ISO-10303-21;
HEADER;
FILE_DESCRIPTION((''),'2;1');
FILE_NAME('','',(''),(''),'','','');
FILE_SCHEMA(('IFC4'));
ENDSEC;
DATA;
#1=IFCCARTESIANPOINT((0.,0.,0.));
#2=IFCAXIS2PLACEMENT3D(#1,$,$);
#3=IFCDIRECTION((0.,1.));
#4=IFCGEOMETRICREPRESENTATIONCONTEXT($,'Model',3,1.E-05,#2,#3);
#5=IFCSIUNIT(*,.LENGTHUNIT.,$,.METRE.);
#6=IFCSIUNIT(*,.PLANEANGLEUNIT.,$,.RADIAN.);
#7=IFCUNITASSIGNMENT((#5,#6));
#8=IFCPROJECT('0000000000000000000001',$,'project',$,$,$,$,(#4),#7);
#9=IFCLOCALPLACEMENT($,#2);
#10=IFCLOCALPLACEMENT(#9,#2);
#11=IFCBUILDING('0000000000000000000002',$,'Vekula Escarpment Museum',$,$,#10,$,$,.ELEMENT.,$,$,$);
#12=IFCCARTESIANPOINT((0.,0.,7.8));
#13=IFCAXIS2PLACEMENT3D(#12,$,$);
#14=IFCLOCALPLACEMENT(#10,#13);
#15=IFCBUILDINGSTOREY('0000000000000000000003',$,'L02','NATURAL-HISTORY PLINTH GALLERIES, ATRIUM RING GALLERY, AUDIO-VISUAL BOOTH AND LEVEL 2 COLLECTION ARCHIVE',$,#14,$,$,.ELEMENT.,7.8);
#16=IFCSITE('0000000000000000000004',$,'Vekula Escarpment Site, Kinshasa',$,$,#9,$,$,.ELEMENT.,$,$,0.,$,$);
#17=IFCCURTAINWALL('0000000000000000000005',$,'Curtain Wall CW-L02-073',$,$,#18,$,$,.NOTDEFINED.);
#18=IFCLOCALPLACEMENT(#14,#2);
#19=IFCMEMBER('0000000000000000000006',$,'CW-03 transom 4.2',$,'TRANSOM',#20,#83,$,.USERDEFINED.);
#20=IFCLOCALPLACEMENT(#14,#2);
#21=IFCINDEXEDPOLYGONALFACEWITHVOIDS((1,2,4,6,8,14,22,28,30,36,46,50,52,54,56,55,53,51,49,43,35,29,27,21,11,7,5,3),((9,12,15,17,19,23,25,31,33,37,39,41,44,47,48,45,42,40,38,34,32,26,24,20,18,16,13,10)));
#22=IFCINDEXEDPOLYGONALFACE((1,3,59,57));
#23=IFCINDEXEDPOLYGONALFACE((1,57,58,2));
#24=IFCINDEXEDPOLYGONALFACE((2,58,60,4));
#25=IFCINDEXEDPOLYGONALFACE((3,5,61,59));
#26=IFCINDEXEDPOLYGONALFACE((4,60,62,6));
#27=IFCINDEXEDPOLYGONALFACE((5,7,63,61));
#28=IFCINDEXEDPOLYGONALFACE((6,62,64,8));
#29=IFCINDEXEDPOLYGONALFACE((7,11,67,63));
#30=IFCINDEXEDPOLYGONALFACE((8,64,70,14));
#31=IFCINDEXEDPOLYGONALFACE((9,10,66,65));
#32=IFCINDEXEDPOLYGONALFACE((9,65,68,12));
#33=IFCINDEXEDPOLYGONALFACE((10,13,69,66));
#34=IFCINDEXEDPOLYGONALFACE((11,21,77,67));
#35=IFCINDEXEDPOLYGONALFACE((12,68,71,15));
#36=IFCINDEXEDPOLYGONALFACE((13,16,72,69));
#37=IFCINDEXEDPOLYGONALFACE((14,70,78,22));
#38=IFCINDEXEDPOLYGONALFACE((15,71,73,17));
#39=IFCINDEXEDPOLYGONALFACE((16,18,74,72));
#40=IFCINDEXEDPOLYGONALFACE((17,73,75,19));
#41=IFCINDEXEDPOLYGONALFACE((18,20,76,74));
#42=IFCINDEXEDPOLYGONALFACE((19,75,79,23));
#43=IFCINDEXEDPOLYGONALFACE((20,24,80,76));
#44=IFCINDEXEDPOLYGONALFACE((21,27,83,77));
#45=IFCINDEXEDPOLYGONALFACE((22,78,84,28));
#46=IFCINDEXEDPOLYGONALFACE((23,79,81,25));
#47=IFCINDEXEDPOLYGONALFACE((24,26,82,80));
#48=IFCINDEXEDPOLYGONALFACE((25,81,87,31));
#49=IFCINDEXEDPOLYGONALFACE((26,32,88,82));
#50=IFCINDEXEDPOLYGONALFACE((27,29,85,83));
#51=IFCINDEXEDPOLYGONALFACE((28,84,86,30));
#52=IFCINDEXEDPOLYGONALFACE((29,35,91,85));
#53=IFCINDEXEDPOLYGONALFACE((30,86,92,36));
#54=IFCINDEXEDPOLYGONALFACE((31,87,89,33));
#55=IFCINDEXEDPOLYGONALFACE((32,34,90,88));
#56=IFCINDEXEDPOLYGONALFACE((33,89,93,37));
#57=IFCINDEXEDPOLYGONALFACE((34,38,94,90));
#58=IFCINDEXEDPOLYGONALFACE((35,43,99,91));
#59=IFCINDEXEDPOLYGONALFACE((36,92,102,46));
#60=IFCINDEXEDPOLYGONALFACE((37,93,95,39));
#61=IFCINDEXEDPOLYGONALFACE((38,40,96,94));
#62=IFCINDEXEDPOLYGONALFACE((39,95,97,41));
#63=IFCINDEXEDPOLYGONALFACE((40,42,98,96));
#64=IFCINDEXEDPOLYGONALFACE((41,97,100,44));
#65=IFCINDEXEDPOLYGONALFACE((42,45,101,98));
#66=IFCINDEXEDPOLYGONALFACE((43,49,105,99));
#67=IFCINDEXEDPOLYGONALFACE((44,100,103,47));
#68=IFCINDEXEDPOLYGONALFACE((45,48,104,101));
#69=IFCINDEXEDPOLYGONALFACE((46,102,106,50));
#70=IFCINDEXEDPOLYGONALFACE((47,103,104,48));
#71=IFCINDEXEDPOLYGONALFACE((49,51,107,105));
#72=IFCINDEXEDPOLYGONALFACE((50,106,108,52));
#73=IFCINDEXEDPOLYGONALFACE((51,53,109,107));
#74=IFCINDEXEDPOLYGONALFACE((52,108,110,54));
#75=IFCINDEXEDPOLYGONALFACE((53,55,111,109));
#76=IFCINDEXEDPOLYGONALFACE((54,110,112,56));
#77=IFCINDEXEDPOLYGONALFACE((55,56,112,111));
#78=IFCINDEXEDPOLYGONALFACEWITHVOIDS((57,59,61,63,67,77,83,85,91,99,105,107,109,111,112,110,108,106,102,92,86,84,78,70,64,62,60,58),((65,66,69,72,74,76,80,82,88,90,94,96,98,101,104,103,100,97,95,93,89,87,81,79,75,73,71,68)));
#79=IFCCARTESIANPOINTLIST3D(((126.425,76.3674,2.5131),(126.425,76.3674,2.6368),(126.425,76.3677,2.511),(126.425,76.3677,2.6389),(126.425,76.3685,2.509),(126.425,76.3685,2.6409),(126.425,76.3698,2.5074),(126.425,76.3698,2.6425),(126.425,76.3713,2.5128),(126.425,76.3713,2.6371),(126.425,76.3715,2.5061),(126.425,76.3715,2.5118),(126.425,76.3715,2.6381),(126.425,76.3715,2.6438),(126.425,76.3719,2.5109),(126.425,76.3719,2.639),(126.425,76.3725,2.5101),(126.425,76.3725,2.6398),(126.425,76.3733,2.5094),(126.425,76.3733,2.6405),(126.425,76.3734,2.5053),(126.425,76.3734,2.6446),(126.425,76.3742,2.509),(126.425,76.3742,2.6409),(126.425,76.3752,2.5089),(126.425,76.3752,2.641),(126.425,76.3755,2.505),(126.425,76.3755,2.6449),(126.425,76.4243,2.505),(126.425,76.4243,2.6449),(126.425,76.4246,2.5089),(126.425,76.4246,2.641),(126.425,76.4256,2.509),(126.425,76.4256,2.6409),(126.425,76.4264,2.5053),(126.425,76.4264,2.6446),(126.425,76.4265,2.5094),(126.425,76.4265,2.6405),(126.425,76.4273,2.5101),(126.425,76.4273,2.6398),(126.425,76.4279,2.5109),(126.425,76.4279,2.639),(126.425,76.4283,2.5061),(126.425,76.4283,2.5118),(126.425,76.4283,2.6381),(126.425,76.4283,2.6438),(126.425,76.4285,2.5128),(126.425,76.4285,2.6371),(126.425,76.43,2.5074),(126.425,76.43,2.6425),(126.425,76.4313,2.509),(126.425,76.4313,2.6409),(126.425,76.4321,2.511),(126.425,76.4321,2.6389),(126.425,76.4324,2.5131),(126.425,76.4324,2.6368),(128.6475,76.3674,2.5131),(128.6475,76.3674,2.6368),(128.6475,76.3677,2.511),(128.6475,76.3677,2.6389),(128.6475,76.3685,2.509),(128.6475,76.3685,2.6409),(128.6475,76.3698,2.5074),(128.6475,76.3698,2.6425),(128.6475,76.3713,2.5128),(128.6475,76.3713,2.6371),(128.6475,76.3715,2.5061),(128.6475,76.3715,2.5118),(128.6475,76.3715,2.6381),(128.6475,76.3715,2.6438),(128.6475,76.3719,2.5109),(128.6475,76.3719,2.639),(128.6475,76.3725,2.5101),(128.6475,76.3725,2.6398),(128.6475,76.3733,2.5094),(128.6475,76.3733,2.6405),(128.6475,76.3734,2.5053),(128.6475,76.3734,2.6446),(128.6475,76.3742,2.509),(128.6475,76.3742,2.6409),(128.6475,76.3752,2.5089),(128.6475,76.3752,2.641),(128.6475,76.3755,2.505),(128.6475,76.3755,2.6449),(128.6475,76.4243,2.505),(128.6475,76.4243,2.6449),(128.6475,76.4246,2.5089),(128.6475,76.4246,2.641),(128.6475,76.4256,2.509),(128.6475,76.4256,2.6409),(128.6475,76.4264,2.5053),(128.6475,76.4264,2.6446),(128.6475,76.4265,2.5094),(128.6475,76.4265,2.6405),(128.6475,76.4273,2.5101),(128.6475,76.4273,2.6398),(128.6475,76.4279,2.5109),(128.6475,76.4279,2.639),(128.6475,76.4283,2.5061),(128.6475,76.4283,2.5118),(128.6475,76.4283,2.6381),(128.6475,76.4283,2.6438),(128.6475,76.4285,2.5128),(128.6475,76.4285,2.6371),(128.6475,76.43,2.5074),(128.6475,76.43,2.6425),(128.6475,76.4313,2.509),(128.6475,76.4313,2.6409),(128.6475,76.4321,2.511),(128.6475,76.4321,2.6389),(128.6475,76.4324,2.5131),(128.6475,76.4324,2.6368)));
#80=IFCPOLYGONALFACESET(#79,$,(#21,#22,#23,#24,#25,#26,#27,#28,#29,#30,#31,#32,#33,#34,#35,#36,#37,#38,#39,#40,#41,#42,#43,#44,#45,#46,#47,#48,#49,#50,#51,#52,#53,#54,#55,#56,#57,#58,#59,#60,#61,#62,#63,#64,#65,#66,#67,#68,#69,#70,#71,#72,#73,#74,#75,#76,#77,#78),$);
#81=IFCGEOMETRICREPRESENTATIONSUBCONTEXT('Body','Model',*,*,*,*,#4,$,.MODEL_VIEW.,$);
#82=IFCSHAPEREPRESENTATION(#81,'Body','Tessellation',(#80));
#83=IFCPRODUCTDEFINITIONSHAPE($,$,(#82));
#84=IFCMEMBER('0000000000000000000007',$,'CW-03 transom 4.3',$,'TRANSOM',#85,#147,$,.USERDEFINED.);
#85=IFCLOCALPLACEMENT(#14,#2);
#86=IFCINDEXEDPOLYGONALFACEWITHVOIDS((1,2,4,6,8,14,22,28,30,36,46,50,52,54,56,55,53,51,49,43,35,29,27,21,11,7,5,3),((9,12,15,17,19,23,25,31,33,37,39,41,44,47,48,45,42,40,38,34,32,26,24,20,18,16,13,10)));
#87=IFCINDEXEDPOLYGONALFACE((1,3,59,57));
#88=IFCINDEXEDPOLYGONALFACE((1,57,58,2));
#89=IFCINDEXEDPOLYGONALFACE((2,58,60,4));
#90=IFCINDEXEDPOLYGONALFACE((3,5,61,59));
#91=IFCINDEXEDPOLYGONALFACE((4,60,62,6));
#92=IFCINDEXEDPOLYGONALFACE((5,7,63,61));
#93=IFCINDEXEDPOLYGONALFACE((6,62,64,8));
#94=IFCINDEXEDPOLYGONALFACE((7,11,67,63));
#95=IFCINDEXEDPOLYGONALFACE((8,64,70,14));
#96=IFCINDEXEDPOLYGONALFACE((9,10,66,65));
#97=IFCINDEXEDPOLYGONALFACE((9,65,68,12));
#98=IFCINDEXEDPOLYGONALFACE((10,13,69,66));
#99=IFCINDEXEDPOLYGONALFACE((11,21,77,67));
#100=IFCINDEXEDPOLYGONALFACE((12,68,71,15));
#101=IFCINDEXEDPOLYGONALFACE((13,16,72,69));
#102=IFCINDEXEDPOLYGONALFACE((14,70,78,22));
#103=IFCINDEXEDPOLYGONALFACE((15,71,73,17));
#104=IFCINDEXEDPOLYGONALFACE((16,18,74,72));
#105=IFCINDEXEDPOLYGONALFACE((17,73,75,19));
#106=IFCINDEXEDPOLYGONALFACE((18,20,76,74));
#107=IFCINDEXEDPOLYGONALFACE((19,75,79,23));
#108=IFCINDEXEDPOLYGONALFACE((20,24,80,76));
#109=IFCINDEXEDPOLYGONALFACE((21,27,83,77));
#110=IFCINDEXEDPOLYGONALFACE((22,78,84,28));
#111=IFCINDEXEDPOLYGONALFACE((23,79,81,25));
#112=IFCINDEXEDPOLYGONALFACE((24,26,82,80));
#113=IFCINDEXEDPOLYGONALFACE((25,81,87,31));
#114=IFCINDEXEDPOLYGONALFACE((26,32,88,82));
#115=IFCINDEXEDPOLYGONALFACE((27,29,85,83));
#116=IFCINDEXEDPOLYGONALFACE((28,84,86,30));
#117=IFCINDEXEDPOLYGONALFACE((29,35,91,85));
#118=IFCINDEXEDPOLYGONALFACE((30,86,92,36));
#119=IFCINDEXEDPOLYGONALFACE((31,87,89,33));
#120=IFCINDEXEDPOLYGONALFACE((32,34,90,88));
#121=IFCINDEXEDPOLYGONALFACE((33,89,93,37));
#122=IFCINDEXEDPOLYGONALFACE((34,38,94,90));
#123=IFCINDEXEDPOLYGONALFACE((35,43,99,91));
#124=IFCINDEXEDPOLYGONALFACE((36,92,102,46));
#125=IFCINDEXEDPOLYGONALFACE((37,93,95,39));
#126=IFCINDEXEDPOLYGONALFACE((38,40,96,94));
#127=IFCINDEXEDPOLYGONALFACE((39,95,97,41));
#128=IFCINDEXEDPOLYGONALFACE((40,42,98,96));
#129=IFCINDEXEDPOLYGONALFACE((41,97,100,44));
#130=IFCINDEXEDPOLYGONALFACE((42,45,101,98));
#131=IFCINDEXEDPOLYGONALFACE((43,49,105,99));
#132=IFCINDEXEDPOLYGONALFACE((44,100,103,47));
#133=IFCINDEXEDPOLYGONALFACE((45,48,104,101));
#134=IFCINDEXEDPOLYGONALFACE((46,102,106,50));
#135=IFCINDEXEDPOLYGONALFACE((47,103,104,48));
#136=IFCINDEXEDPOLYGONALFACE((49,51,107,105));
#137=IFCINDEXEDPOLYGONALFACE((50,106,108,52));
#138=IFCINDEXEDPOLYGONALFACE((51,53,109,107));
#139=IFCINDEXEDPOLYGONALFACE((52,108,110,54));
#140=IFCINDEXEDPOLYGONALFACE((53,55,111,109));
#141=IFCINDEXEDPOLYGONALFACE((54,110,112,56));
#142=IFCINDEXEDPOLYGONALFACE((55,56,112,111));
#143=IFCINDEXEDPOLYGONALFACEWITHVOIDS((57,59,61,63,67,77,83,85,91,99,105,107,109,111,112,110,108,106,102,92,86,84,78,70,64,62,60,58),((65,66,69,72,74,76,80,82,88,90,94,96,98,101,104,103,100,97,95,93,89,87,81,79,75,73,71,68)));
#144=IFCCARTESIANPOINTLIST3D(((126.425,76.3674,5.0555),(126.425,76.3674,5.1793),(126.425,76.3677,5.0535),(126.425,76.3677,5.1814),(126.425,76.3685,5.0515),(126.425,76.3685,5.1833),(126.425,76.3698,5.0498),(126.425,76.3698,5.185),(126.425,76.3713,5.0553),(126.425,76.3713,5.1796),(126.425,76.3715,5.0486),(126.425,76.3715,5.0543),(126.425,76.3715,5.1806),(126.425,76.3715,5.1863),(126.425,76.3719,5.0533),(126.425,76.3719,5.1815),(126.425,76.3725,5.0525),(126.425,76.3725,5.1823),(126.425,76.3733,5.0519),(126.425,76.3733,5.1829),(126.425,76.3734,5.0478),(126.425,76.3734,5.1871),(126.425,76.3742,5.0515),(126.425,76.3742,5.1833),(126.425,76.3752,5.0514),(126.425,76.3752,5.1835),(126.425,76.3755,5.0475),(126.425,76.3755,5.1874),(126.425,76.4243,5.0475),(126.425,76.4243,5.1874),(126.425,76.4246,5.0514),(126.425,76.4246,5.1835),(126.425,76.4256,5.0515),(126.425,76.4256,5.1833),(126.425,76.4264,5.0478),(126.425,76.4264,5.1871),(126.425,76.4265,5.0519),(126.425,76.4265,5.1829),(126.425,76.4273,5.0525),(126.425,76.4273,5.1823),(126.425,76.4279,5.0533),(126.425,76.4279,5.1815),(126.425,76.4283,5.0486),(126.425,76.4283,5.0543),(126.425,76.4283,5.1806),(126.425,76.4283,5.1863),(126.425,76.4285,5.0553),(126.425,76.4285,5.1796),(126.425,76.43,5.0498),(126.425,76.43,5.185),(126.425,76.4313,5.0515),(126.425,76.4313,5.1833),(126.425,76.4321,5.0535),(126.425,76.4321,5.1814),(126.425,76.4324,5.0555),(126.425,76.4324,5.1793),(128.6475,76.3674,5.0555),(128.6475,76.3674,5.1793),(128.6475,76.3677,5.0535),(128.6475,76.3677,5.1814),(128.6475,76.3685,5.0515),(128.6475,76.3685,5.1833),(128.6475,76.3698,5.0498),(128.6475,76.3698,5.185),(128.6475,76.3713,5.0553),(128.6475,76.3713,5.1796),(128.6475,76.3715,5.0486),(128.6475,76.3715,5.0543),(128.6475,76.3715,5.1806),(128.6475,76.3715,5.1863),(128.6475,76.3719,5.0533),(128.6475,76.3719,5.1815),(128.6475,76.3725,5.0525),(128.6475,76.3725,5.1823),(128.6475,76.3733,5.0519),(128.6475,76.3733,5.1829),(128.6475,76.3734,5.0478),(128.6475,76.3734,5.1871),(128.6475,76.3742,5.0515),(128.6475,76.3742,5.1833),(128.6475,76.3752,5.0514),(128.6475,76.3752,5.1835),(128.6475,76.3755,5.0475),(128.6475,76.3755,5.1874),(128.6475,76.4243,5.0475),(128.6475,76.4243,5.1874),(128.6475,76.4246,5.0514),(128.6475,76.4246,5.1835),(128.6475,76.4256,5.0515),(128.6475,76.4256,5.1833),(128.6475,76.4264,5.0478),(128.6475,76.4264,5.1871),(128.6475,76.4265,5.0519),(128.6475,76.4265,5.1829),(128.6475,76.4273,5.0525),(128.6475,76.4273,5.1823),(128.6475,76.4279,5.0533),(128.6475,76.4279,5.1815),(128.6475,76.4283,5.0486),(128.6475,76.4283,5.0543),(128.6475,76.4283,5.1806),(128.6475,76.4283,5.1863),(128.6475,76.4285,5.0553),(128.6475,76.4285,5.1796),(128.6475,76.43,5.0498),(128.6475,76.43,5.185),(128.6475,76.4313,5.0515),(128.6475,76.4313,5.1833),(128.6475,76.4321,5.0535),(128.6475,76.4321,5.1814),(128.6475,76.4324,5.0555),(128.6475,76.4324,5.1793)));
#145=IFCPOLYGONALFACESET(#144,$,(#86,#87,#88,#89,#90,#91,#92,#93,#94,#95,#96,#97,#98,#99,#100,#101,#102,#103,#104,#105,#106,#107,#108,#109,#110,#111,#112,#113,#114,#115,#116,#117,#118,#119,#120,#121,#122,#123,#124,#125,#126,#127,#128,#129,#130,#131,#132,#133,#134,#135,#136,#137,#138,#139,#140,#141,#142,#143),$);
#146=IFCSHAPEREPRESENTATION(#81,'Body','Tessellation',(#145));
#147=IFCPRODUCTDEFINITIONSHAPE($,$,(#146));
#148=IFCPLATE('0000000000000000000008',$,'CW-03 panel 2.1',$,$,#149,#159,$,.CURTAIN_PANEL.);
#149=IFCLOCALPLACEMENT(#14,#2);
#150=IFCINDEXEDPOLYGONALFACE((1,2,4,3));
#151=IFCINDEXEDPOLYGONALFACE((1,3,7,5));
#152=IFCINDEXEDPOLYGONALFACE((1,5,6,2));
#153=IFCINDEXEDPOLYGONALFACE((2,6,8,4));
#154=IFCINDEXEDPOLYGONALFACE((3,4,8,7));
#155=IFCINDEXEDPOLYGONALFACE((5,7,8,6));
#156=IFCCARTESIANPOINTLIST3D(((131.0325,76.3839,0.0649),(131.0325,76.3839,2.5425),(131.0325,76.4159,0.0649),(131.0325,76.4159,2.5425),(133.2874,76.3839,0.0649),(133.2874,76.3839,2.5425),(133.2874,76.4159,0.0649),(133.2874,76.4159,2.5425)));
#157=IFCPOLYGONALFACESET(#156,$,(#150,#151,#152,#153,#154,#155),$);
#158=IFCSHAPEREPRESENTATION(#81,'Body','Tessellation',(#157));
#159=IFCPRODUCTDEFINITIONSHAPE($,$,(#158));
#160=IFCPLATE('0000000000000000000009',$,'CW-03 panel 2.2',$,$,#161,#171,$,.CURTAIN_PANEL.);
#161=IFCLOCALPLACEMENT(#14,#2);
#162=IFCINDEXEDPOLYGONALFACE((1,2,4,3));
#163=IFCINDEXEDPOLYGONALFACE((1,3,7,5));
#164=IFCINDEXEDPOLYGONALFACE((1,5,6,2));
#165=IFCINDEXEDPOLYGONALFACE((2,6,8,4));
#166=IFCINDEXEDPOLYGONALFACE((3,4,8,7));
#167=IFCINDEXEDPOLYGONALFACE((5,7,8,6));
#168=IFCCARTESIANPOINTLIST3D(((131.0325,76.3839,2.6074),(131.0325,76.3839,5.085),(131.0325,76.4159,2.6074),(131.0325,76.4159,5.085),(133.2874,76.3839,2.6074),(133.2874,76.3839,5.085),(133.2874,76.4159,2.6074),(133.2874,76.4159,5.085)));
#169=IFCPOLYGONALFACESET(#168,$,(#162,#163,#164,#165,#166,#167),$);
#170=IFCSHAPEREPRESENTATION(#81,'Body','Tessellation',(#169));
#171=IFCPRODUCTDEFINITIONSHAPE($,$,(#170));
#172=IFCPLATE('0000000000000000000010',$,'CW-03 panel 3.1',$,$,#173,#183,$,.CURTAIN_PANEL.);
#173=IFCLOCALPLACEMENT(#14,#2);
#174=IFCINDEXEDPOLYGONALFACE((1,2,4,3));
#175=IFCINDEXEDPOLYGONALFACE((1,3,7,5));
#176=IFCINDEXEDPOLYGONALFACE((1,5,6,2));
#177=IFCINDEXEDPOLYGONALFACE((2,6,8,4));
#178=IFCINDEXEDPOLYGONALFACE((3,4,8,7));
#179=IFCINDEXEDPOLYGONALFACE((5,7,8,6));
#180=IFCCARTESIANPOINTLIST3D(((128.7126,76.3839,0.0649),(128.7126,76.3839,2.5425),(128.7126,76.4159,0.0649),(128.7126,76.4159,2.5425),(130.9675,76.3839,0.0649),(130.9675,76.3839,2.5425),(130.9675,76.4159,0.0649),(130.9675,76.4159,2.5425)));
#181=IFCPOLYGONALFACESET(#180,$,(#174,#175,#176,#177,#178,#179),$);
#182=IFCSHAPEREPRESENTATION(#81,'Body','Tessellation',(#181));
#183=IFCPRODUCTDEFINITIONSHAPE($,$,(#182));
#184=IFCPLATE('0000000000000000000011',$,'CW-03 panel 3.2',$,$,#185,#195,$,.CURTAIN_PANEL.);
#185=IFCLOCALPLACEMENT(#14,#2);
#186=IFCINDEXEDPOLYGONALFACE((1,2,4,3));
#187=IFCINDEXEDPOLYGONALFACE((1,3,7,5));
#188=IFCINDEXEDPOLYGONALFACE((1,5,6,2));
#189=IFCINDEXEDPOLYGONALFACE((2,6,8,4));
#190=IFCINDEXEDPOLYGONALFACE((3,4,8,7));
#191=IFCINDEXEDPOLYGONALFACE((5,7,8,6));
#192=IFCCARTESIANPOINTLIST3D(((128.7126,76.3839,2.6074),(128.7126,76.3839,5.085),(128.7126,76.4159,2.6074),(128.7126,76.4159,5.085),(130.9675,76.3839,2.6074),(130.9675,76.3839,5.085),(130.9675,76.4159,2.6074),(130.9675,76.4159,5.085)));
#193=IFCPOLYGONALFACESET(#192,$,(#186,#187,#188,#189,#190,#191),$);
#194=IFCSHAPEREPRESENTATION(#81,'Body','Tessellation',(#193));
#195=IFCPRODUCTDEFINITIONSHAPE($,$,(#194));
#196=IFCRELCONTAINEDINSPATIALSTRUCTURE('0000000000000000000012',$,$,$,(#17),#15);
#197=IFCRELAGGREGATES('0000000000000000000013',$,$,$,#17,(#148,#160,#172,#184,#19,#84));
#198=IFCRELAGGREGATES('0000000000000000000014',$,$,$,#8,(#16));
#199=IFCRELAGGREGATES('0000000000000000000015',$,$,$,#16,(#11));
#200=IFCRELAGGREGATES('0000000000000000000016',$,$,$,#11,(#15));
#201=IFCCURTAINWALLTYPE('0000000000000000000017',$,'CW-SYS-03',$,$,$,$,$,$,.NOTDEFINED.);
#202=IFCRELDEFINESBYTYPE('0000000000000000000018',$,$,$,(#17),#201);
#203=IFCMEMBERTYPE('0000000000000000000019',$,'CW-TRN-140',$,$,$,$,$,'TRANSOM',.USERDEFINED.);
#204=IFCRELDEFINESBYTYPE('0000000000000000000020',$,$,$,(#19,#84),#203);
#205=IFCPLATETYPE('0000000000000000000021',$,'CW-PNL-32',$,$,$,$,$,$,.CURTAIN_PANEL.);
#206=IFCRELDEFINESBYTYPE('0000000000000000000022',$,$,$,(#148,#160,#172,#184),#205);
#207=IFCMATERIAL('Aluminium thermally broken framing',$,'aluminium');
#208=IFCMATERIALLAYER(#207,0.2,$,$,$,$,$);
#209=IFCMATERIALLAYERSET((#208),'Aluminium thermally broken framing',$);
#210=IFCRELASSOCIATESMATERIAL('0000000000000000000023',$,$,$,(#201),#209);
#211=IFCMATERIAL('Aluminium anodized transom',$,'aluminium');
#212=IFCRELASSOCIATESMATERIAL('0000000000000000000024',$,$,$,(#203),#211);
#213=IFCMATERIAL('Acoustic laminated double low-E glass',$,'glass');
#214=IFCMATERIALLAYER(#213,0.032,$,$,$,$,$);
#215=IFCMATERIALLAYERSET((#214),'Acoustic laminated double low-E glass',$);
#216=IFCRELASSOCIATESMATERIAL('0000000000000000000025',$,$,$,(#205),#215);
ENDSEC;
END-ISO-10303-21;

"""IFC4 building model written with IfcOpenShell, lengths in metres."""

from ifc_helpers import new_model, si_unit, direction, frame, origin, origin_2d, place, context, subcontext, project, spatial, rectangle, hollow_rectangle, extrude, material, layer, layer_set, material_profile, profile_set, type_object, element, aggregate, save


model = new_model("IFC4")

# Units and contexts
model_context = context("Model", 3, precision=1e-05, world=origin(), true_north=direction((0.0, 1.0)))
body_context = subcontext(model_context, "Body", "Model", "MODEL_VIEW")
ifc_project = project(units=[si_unit("LENGTHUNIT", "METRE"), si_unit("PLANEANGLEUNIT", "RADIAN")], contexts=[model_context])

# Site, building, storey
site_placement = place(None, origin())
site = spatial("IfcSite", under=ifc_project, at=site_placement, Name="Vekula Escarpment Site, Kinshasa", CompositionType="ELEMENT", RefElevation=0.0)
building_placement = place(site_placement, origin())
building = spatial("IfcBuilding", under=site, at=building_placement, Name="Vekula Escarpment Museum", CompositionType="ELEMENT")
storey_placement = place(building_placement, frame((0.0, 0.0, 7.8)))
storey = spatial("IfcBuildingStorey", under=building, at=storey_placement, Name="L02", Description="NATURAL-HISTORY PLINTH GALLERIES, ATRIUM RING GALLERY, AUDIO-VISUAL BOOTH AND LEVEL 2 COLLECTION ARCHIVE", CompositionType="ELEMENT", Elevation=7.8)

# Curtain wall, members, plates
ifc_material_1 = material(Name="Aluminium thermally broken framing", Category="aluminium")
ifc_layer_1 = layer(ifc_material_1, 0.2)
ifc_layer_set_1 = layer_set([ifc_layer_1], Name="Aluminium thermally broken framing")
curtain_wall_type = type_object("IfcCurtainWallType", Name="CW-SYS-03", PredefinedType="NOTDEFINED", material=ifc_layer_set_1)
curtain_wall_placement = place(storey_placement, origin())
curtain_wall = element("IfcCurtainWall", 1, at=curtain_wall_placement, inside=storey, type_object=curtain_wall_type, Name="Curtain Wall CW-L02-073", PredefinedType="NOTDEFINED")
ifc_material_2 = material(Name="Aluminium anodized transom", Category="aluminium")
ifc_material_profile_1 = material_profile(ifc_material_2, hollow_rectangle(XDim=0.0649, YDim=0.1399, WallThickness=0.0039, InnerFilletRadius=0.0039, OuterFilletRadius=0.0081, at=origin_2d()), Name="ALU 140x65x4")
ifc_profile_set_1 = profile_set([ifc_material_profile_1], Name="Aluminium anodized transom")
member_type_1 = type_object("IfcMemberType", Name="CW-TRN-140", ElementType="TRANSOM", PredefinedType="USERDEFINED", material=ifc_profile_set_1)
member_1_placement = place(storey_placement, frame((128.6475, 76.3999, 2.575), z_axis=(-1.0, 0.0, 0.0), x_axis=(0.0, -1.0, 0.0)))
member_1 = element("IfcMember", 2, at=member_1_placement, type_object=member_type_1, Name="CW-03 transom 4.2", ObjectType="TRANSOM", PredefinedType="USERDEFINED", context=body_context, shape_type="SweptSolid", body=[
    extrude(hollow_rectangle(XDim=0.0649, YDim=0.1399, WallThickness=0.0039, InnerFilletRadius=0.0039, OuterFilletRadius=0.0081, at=origin_2d()), origin(), (0.0, 0.0, 1.0), 2.2224),
])
member_2_placement = place(storey_placement, frame((128.6475, 76.3999, 5.1174), z_axis=(-1.0, 0.0, 0.0), x_axis=(0.0, -1.0, 0.0)))
member_2 = element("IfcMember", 3, at=member_2_placement, type_object=member_type_1, Name="CW-03 transom 4.3", ObjectType="TRANSOM", PredefinedType="USERDEFINED", context=body_context, shape_type="SweptSolid", body=[
    extrude(hollow_rectangle(XDim=0.0649, YDim=0.1399, WallThickness=0.0039, InnerFilletRadius=0.0039, OuterFilletRadius=0.0081, at=origin_2d()), origin(), (0.0, 0.0, 1.0), 2.2224),
])
ifc_material_3 = material(Name="Acoustic laminated double low-E glass", Category="glass")
ifc_layer_2 = layer(ifc_material_3, 0.032)
ifc_layer_set_2 = layer_set([ifc_layer_2], Name="Acoustic laminated double low-E glass")
plate_type = type_object("IfcPlateType", Name="CW-PNL-32", PredefinedType="CURTAIN_PANEL", material=ifc_layer_set_2)
plate_1_placement = place(storey_placement, frame((132.1599, 76.3999, 0.0649), z_axis=(0.0, 0.0, 1.0), x_axis=(-1.0, 0.0, 0.0)))
plate_1 = element("IfcPlate", 4, at=plate_1_placement, type_object=plate_type, Name="CW-03 panel 2.1", PredefinedType="CURTAIN_PANEL", context=body_context, shape_type="SweptSolid", body=[
    extrude(rectangle(XDim=2.2549, YDim=0.032, at=origin_2d()), origin(), (0.0, 0.0, 1.0), 2.4775),
])
plate_2_placement = place(storey_placement, frame((132.1599, 76.3999, 2.6074), z_axis=(0.0, 0.0, 1.0), x_axis=(-1.0, 0.0, 0.0)))
plate_2 = element("IfcPlate", 5, at=plate_2_placement, type_object=plate_type, Name="CW-03 panel 2.2", PredefinedType="CURTAIN_PANEL", context=body_context, shape_type="SweptSolid", body=[
    extrude(rectangle(XDim=2.2549, YDim=0.032, at=origin_2d()), origin(), (0.0, 0.0, 1.0), 2.4775),
])
plate_3_placement = place(storey_placement, frame((129.8401, 76.3999, 0.0649), z_axis=(0.0, 0.0, 1.0), x_axis=(-1.0, 0.0, 0.0)))
plate_3 = element("IfcPlate", 6, at=plate_3_placement, type_object=plate_type, Name="CW-03 panel 3.1", PredefinedType="CURTAIN_PANEL", context=body_context, shape_type="SweptSolid", body=[
    extrude(rectangle(XDim=2.2549, YDim=0.032, at=origin_2d()), origin(), (0.0, 0.0, 1.0), 2.4775),
])
plate_4_placement = place(storey_placement, frame((129.8401, 76.3999, 2.6074), z_axis=(0.0, 0.0, 1.0), x_axis=(-1.0, 0.0, 0.0)))
plate_4 = element("IfcPlate", 7, at=plate_4_placement, type_object=plate_type, Name="CW-03 panel 3.2", PredefinedType="CURTAIN_PANEL", context=body_context, shape_type="SweptSolid", body=[
    extrude(rectangle(XDim=2.2549, YDim=0.032, at=origin_2d()), origin(), (0.0, 0.0, 1.0), 2.4775),
])
aggregate(curtain_wall, [plate_1, plate_2, plate_3, plate_4, member_1, member_2])

save(model, "model.ifc")
